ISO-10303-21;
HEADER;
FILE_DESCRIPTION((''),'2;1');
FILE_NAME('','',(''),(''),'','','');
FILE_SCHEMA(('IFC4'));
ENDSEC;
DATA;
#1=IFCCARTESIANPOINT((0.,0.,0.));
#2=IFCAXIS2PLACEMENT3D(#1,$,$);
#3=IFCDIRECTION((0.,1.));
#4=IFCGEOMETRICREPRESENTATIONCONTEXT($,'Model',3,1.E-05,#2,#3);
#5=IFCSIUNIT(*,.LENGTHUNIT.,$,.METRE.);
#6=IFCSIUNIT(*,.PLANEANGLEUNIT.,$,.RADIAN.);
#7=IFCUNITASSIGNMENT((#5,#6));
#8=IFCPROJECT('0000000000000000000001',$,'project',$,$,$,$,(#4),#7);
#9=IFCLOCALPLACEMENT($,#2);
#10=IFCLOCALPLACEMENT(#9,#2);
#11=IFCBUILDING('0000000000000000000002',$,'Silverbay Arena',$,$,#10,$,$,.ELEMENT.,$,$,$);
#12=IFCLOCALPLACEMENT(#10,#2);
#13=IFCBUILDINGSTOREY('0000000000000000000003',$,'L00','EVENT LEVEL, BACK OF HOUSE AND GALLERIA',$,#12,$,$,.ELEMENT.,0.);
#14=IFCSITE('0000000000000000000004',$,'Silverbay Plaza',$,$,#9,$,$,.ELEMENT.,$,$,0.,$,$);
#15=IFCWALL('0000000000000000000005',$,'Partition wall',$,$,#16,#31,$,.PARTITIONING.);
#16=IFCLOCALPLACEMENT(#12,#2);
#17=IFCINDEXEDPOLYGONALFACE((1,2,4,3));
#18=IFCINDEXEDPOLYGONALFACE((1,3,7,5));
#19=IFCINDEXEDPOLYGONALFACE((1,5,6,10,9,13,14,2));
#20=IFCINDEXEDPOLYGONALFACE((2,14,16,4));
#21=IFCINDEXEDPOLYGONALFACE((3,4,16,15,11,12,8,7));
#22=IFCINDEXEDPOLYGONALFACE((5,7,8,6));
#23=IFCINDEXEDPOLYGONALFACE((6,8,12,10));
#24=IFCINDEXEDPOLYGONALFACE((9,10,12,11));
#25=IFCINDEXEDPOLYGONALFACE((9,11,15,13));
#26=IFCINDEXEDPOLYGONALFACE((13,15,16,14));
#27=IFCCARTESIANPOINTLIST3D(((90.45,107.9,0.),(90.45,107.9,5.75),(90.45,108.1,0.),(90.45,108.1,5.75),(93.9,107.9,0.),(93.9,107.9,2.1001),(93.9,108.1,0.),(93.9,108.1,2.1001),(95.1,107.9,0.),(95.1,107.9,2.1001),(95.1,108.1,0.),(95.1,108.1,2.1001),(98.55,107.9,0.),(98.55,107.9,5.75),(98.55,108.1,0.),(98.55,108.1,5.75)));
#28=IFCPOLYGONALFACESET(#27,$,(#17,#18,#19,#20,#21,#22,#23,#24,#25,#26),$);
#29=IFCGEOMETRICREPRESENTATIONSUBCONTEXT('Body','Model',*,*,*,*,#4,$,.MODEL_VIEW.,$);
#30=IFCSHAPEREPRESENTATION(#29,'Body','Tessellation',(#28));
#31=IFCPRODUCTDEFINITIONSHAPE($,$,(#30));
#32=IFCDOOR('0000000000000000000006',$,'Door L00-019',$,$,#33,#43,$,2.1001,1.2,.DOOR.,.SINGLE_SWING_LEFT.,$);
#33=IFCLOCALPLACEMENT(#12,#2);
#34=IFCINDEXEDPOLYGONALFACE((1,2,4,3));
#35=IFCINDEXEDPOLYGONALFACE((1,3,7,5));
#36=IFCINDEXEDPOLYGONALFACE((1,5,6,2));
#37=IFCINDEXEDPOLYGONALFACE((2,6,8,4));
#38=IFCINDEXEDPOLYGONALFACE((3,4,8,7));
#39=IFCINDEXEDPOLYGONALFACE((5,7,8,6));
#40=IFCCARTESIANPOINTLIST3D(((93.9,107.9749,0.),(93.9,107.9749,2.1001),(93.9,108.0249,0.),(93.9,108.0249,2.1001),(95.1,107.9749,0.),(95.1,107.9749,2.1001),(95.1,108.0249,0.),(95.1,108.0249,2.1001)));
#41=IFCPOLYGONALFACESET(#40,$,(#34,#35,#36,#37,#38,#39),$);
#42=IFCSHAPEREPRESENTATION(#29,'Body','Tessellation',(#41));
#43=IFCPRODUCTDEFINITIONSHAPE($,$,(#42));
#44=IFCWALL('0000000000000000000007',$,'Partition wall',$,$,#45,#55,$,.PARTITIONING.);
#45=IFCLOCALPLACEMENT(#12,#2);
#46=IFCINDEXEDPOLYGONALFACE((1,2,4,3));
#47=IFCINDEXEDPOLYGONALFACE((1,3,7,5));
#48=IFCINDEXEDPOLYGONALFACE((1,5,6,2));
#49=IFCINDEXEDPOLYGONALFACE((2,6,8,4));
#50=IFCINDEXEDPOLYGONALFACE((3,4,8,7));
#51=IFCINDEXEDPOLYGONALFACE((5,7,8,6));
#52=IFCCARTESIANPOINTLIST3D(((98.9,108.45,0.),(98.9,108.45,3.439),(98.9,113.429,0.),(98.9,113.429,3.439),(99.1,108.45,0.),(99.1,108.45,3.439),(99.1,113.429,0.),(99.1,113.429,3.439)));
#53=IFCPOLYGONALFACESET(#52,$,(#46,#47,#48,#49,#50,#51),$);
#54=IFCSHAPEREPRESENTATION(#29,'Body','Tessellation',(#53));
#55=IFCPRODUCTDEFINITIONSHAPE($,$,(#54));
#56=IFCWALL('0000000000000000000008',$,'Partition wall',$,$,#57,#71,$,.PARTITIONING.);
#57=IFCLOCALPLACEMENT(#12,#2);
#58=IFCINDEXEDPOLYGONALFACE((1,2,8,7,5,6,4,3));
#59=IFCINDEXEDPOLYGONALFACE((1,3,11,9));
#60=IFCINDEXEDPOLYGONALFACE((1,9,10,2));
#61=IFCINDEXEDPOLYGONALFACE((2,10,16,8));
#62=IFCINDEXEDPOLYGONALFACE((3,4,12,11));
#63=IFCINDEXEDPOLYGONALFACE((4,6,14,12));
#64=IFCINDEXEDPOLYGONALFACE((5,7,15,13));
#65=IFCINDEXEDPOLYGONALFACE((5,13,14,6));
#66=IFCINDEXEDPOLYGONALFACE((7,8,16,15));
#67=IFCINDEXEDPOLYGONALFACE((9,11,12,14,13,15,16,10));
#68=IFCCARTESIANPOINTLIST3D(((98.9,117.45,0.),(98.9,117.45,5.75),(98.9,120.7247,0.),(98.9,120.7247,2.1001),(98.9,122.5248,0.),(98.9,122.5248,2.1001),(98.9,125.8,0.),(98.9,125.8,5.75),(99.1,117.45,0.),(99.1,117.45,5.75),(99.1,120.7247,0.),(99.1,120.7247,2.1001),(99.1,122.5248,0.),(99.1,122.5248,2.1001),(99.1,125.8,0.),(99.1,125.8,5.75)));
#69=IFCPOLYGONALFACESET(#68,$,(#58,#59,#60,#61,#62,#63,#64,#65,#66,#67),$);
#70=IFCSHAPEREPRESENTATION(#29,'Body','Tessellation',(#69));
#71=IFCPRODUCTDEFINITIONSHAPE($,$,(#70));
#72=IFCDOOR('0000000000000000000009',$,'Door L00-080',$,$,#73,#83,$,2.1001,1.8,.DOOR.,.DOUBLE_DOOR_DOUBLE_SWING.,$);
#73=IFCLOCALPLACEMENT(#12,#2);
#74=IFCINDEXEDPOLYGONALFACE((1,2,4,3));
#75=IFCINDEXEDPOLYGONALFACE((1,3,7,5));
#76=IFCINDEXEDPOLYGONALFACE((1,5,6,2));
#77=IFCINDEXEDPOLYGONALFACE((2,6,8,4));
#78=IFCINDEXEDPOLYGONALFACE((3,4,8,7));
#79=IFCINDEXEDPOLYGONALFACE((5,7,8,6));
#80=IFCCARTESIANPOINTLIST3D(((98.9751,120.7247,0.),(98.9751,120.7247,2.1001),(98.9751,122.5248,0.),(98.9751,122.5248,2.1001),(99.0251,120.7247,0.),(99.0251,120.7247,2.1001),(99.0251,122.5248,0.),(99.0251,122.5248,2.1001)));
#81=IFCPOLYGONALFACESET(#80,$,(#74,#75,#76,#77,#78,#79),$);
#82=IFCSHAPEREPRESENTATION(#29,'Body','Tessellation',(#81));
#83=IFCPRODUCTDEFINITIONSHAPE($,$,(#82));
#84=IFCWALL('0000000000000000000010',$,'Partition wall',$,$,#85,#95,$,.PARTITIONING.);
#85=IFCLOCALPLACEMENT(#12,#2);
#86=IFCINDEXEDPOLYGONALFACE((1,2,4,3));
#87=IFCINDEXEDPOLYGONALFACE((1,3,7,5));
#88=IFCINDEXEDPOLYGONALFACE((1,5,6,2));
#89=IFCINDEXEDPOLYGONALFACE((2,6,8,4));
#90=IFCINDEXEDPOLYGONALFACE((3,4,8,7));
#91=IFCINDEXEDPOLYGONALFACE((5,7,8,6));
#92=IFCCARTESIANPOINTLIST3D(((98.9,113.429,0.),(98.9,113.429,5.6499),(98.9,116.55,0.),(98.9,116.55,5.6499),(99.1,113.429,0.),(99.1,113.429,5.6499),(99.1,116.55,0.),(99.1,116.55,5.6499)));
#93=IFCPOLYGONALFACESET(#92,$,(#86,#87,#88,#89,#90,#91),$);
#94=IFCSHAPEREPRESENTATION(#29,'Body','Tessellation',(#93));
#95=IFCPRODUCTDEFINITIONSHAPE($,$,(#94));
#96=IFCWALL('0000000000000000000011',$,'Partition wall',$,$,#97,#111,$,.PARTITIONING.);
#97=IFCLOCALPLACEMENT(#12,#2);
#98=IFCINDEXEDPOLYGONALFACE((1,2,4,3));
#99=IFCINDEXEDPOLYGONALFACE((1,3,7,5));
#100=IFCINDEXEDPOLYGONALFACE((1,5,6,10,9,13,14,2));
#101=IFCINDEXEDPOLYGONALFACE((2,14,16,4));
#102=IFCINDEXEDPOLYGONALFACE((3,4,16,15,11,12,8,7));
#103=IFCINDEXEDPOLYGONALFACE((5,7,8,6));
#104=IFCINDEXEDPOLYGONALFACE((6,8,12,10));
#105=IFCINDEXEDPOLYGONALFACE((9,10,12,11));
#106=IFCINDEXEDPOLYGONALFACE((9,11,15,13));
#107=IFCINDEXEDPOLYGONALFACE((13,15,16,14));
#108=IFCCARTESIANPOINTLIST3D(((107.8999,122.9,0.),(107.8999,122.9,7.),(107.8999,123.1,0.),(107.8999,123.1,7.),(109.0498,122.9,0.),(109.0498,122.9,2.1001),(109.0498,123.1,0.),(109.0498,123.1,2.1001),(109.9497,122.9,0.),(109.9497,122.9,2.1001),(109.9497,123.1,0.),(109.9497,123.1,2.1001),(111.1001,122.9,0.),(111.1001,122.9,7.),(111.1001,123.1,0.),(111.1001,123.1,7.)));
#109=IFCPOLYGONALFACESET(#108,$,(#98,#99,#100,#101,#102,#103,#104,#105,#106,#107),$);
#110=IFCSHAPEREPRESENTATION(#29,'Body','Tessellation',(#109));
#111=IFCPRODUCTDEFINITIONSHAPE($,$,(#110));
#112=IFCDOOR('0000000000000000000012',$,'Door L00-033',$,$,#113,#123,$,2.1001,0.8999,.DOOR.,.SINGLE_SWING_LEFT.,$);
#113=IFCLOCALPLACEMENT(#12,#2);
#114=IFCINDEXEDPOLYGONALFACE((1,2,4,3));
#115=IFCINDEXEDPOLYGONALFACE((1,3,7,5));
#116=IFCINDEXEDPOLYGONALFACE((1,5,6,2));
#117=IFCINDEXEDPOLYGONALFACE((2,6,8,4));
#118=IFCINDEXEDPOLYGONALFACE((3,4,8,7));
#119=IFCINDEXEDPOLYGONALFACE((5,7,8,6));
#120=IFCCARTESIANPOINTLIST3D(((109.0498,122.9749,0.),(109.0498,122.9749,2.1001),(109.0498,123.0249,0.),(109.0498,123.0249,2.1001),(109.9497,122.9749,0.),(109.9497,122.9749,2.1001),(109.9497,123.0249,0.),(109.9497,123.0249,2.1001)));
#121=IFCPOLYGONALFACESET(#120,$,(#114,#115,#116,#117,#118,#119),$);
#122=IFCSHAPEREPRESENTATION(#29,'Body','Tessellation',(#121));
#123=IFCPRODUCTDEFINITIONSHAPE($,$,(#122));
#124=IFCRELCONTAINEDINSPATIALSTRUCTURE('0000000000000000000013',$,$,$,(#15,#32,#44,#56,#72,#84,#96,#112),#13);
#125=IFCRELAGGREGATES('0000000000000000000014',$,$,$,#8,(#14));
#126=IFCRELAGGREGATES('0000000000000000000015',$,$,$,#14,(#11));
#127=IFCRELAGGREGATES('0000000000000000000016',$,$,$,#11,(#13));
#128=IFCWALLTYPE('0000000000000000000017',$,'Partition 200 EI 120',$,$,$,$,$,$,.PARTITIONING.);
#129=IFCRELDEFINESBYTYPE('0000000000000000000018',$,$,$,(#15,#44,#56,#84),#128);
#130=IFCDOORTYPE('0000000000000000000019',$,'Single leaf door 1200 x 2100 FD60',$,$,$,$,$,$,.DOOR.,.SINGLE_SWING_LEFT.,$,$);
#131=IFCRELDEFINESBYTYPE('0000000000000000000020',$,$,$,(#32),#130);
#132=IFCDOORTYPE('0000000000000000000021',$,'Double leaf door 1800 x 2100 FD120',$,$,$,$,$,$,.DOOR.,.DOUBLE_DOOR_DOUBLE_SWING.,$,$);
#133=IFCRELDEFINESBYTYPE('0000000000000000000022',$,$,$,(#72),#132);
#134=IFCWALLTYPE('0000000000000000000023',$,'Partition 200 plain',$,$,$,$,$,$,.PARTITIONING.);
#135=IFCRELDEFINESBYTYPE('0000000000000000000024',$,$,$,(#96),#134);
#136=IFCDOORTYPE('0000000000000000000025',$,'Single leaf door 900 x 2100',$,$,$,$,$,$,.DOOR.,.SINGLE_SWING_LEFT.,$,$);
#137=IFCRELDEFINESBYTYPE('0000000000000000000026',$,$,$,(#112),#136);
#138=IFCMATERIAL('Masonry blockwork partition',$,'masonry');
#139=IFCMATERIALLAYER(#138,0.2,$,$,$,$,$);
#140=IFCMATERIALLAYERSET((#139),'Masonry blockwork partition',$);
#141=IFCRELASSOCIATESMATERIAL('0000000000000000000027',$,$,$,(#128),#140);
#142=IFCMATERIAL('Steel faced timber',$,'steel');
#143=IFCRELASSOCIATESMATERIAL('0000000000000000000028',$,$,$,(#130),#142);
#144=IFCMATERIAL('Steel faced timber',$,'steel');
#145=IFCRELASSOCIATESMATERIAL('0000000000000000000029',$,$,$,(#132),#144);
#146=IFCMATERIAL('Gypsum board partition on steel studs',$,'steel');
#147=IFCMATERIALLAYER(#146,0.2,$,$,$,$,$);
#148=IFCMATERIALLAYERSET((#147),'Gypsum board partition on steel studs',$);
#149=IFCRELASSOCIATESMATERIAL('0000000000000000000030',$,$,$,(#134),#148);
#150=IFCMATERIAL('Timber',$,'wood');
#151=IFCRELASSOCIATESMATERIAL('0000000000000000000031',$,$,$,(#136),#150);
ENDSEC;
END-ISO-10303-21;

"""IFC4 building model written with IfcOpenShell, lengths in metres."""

from ifc_helpers import new_model, si_unit, direction, frame, frame_2d, origin, place, context, subcontext, project, spatial, rectangle, extrude, material, layer, layer_set, type_object, element, fill, save


model = new_model("IFC4")

# Units and contexts
model_context = context("Model", 3, precision=1e-05, world=origin(), true_north=direction((0.0, 1.0)))
body_context = subcontext(model_context, "Body", "Model", "MODEL_VIEW")
ifc_project = project(units=[si_unit("LENGTHUNIT", "METRE"), si_unit("PLANEANGLEUNIT", "RADIAN")], contexts=[model_context])

# Site, building, storey
site_placement = place(None, origin())
site = spatial("IfcSite", under=ifc_project, at=site_placement, Name="Silverbay Plaza", CompositionType="ELEMENT", RefElevation=0.0)
building_placement = place(site_placement, origin())
building = spatial("IfcBuilding", under=site, at=building_placement, Name="Silverbay Arena", CompositionType="ELEMENT")
storey_placement = place(building_placement, origin())
storey = spatial("IfcBuildingStorey", under=building, at=storey_placement, Name="L00", Description="EVENT LEVEL, BACK OF HOUSE AND GALLERIA", CompositionType="ELEMENT", Elevation=0.0)

# Wall, opening, door
ifc_material_1 = material(Name="Masonry blockwork partition", Category="masonry")
ifc_layer_1 = layer(ifc_material_1, 0.2)
ifc_layer_set_1 = layer_set([ifc_layer_1], Name="Masonry blockwork partition")
wall_type_1 = type_object("IfcWallType", Name="Partition 200 EI 120", PredefinedType="PARTITIONING", material=ifc_layer_set_1)
wall_1_placement = place(storey_placement, frame((90.45, 108.0, 0.0), z_axis=(0.0, 0.0, 1.0), x_axis=(1.0, 0.0, 0.0)))
wall_1 = element("IfcWall", 1, at=wall_1_placement, inside=storey, type_object=wall_type_1, Name="Partition wall", PredefinedType="PARTITIONING", context=body_context, shape_type="SweptSolid", body=[
    extrude(rectangle(XDim=8.1001, YDim=0.2, at=frame_2d((4.05, 0.0))), origin(), (0.0, 0.0, 1.0), 5.75),
])
opening_1_placement = place(wall_1_placement, frame((3.45, 0.0, 0.0)))
opening_1 = element("IfcOpeningElement", 2, at=opening_1_placement, cuts=wall_1, PredefinedType="OPENING", context=body_context, shape_type="SweptSolid", body=[
    extrude(rectangle(XDim=1.2, YDim=2.1001, at=frame_2d((0.6001, 1.05))), frame((0.0, 0.1099, 0.0), z_axis=(0.0, -1.0, 0.0), x_axis=(1.0, 0.0, 0.0)), (0.0, 0.0, 1.0), 0.22),
])
ifc_material_2 = material(Name="Steel faced timber", Category="steel")
door_type_1 = type_object("IfcDoorType", Name="Single leaf door 1200 x 2100 FD60", OperationType="SINGLE_SWING_LEFT", PredefinedType="DOOR", material=ifc_material_2)
door_1_placement = place(opening_1_placement, origin())
door_1 = element("IfcDoor", 3, at=door_1_placement, inside=storey, type_object=door_type_1, Name="Door L00-019", OperationType="SINGLE_SWING_LEFT", OverallHeight=2.1001, OverallWidth=1.2, PredefinedType="DOOR", context=body_context, shape_type="SweptSolid", body=[
    extrude(rectangle(XDim=1.2, YDim=2.1001, at=frame_2d((0.6001, 1.05))), frame((0.0, 0.0249, 0.0), z_axis=(0.0, -1.0, 0.0), x_axis=(1.0, 0.0, 0.0)), (0.0, 0.0, 1.0), 0.05),
])
fill(opening_1, door_1)

# Wall
wall_2_placement = place(storey_placement, frame((99.0, 108.45, 0.0), z_axis=(0.0, 0.0, 1.0), x_axis=(0.0, 1.0, 0.0)))
element("IfcWall", 4, at=wall_2_placement, inside=storey, type_object=wall_type_1, Name="Partition wall", PredefinedType="PARTITIONING", context=body_context, shape_type="SweptSolid", body=[
    extrude(rectangle(XDim=4.979, YDim=0.2, at=frame_2d((2.4895, 0.0))), origin(), (0.0, 0.0, 1.0), 3.439),
])

# Wall, opening, door
wall_3_placement = place(storey_placement, frame((99.0, 117.45, 0.0), z_axis=(0.0, 0.0, 1.0), x_axis=(0.0, 1.0, 0.0)))
wall_3 = element("IfcWall", 5, at=wall_3_placement, inside=storey, type_object=wall_type_1, Name="Partition wall", PredefinedType="PARTITIONING", context=body_context, shape_type="SweptSolid", body=[
    extrude(rectangle(XDim=8.3501, YDim=0.2, at=frame_2d((4.175, 0.0))), origin(), (0.0, 0.0, 1.0), 5.75),
])
opening_2_placement = place(wall_3_placement, frame((3.2749, 0.0, 0.0)))
opening_2 = element("IfcOpeningElement", 6, at=opening_2_placement, cuts=wall_3, PredefinedType="OPENING", context=body_context, shape_type="SweptSolid", body=[
    extrude(rectangle(XDim=1.8, YDim=2.1001, at=frame_2d((0.8999, 1.05))), frame((0.0, 0.1099, 0.0), z_axis=(0.0, -1.0, 0.0), x_axis=(1.0, 0.0, 0.0)), (0.0, 0.0, 1.0), 0.22),
])
ifc_material_3 = material(Name="Steel faced timber", Category="steel")
door_type_2 = type_object("IfcDoorType", Name="Double leaf door 1800 x 2100 FD120", OperationType="DOUBLE_DOOR_DOUBLE_SWING", PredefinedType="DOOR", material=ifc_material_3)
door_2_placement = place(opening_2_placement, origin())
door_2 = element("IfcDoor", 7, at=door_2_placement, inside=storey, type_object=door_type_2, Name="Door L00-080", OperationType="DOUBLE_DOOR_DOUBLE_SWING", OverallHeight=2.1001, OverallWidth=1.8, PredefinedType="DOOR", context=body_context, shape_type="SweptSolid", body=[
    extrude(rectangle(XDim=1.8, YDim=2.1001, at=frame_2d((0.8999, 1.05))), frame((0.0, 0.0249, 0.0), z_axis=(0.0, -1.0, 0.0), x_axis=(1.0, 0.0, 0.0)), (0.0, 0.0, 1.0), 0.05),
])
fill(opening_2, door_2)

# Wall
wall_4_placement = place(storey_placement, frame((99.0, 113.429, 0.0), z_axis=(0.0, 0.0, 1.0), x_axis=(0.0, 1.0, 0.0)))
element("IfcWall", 8, at=wall_4_placement, inside=storey, type_object=wall_type_1, Name="Partition wall", PredefinedType="PARTITIONING", context=body_context, shape_type="SweptSolid", body=[
    extrude(rectangle(XDim=3.1211, YDim=0.2, at=frame_2d((1.5605, 0.0))), origin(), (0.0, 0.0, 1.0), 5.6499),
])

# Wall, opening, door
ifc_material_4 = material(Name="Gypsum board partition on steel studs", Category="steel")
ifc_layer_2 = layer(ifc_material_4, 0.2)
ifc_layer_set_2 = layer_set([ifc_layer_2], Name="Gypsum board partition on steel studs")
wall_type_2 = type_object("IfcWallType", Name="Partition 200 plain", PredefinedType="PARTITIONING", material=ifc_layer_set_2)
wall_5_placement = place(storey_placement, frame((107.8999, 123.0, 0.0), z_axis=(0.0, 0.0, 1.0), x_axis=(1.0, 0.0, 0.0)))
wall_5 = element("IfcWall", 9, at=wall_5_placement, inside=storey, type_object=wall_type_2, Name="Partition wall", PredefinedType="PARTITIONING", context=body_context, shape_type="SweptSolid", body=[
    extrude(rectangle(XDim=3.2002, YDim=0.2, at=frame_2d((1.6001, 0.0))), origin(), (0.0, 0.0, 1.0), 7.0),
])
opening_3_placement = place(wall_5_placement, frame((1.1499, 0.0, 0.0)))
opening_3 = element("IfcOpeningElement", 10, at=opening_3_placement, cuts=wall_5, PredefinedType="OPENING", context=body_context, shape_type="SweptSolid", body=[
    extrude(rectangle(XDim=0.8999, YDim=2.1001, at=frame_2d((0.45, 1.05))), frame((0.0, 0.1099, 0.0), z_axis=(0.0, -1.0, 0.0), x_axis=(1.0, 0.0, 0.0)), (0.0, 0.0, 1.0), 0.22),
])
ifc_material_5 = material(Name="Timber", Category="wood")
door_type_3 = type_object("IfcDoorType", Name="Single leaf door 900 x 2100", OperationType="SINGLE_SWING_LEFT", PredefinedType="DOOR", material=ifc_material_5)
door_3_placement = place(opening_3_placement, origin())
door_3 = element("IfcDoor", 11, at=door_3_placement, inside=storey, type_object=door_type_3, Name="Door L00-033", OperationType="SINGLE_SWING_LEFT", OverallHeight=2.1001, OverallWidth=0.8999, PredefinedType="DOOR", context=body_context, shape_type="SweptSolid", body=[
    extrude(rectangle(XDim=0.8999, YDim=2.1001, at=frame_2d((0.45, 1.05))), frame((0.0, 0.0249, 0.0), z_axis=(0.0, -1.0, 0.0), x_axis=(1.0, 0.0, 0.0)), (0.0, 0.0, 1.0), 0.05),
])
fill(opening_3, door_3)

save(model, "model.ifc")
